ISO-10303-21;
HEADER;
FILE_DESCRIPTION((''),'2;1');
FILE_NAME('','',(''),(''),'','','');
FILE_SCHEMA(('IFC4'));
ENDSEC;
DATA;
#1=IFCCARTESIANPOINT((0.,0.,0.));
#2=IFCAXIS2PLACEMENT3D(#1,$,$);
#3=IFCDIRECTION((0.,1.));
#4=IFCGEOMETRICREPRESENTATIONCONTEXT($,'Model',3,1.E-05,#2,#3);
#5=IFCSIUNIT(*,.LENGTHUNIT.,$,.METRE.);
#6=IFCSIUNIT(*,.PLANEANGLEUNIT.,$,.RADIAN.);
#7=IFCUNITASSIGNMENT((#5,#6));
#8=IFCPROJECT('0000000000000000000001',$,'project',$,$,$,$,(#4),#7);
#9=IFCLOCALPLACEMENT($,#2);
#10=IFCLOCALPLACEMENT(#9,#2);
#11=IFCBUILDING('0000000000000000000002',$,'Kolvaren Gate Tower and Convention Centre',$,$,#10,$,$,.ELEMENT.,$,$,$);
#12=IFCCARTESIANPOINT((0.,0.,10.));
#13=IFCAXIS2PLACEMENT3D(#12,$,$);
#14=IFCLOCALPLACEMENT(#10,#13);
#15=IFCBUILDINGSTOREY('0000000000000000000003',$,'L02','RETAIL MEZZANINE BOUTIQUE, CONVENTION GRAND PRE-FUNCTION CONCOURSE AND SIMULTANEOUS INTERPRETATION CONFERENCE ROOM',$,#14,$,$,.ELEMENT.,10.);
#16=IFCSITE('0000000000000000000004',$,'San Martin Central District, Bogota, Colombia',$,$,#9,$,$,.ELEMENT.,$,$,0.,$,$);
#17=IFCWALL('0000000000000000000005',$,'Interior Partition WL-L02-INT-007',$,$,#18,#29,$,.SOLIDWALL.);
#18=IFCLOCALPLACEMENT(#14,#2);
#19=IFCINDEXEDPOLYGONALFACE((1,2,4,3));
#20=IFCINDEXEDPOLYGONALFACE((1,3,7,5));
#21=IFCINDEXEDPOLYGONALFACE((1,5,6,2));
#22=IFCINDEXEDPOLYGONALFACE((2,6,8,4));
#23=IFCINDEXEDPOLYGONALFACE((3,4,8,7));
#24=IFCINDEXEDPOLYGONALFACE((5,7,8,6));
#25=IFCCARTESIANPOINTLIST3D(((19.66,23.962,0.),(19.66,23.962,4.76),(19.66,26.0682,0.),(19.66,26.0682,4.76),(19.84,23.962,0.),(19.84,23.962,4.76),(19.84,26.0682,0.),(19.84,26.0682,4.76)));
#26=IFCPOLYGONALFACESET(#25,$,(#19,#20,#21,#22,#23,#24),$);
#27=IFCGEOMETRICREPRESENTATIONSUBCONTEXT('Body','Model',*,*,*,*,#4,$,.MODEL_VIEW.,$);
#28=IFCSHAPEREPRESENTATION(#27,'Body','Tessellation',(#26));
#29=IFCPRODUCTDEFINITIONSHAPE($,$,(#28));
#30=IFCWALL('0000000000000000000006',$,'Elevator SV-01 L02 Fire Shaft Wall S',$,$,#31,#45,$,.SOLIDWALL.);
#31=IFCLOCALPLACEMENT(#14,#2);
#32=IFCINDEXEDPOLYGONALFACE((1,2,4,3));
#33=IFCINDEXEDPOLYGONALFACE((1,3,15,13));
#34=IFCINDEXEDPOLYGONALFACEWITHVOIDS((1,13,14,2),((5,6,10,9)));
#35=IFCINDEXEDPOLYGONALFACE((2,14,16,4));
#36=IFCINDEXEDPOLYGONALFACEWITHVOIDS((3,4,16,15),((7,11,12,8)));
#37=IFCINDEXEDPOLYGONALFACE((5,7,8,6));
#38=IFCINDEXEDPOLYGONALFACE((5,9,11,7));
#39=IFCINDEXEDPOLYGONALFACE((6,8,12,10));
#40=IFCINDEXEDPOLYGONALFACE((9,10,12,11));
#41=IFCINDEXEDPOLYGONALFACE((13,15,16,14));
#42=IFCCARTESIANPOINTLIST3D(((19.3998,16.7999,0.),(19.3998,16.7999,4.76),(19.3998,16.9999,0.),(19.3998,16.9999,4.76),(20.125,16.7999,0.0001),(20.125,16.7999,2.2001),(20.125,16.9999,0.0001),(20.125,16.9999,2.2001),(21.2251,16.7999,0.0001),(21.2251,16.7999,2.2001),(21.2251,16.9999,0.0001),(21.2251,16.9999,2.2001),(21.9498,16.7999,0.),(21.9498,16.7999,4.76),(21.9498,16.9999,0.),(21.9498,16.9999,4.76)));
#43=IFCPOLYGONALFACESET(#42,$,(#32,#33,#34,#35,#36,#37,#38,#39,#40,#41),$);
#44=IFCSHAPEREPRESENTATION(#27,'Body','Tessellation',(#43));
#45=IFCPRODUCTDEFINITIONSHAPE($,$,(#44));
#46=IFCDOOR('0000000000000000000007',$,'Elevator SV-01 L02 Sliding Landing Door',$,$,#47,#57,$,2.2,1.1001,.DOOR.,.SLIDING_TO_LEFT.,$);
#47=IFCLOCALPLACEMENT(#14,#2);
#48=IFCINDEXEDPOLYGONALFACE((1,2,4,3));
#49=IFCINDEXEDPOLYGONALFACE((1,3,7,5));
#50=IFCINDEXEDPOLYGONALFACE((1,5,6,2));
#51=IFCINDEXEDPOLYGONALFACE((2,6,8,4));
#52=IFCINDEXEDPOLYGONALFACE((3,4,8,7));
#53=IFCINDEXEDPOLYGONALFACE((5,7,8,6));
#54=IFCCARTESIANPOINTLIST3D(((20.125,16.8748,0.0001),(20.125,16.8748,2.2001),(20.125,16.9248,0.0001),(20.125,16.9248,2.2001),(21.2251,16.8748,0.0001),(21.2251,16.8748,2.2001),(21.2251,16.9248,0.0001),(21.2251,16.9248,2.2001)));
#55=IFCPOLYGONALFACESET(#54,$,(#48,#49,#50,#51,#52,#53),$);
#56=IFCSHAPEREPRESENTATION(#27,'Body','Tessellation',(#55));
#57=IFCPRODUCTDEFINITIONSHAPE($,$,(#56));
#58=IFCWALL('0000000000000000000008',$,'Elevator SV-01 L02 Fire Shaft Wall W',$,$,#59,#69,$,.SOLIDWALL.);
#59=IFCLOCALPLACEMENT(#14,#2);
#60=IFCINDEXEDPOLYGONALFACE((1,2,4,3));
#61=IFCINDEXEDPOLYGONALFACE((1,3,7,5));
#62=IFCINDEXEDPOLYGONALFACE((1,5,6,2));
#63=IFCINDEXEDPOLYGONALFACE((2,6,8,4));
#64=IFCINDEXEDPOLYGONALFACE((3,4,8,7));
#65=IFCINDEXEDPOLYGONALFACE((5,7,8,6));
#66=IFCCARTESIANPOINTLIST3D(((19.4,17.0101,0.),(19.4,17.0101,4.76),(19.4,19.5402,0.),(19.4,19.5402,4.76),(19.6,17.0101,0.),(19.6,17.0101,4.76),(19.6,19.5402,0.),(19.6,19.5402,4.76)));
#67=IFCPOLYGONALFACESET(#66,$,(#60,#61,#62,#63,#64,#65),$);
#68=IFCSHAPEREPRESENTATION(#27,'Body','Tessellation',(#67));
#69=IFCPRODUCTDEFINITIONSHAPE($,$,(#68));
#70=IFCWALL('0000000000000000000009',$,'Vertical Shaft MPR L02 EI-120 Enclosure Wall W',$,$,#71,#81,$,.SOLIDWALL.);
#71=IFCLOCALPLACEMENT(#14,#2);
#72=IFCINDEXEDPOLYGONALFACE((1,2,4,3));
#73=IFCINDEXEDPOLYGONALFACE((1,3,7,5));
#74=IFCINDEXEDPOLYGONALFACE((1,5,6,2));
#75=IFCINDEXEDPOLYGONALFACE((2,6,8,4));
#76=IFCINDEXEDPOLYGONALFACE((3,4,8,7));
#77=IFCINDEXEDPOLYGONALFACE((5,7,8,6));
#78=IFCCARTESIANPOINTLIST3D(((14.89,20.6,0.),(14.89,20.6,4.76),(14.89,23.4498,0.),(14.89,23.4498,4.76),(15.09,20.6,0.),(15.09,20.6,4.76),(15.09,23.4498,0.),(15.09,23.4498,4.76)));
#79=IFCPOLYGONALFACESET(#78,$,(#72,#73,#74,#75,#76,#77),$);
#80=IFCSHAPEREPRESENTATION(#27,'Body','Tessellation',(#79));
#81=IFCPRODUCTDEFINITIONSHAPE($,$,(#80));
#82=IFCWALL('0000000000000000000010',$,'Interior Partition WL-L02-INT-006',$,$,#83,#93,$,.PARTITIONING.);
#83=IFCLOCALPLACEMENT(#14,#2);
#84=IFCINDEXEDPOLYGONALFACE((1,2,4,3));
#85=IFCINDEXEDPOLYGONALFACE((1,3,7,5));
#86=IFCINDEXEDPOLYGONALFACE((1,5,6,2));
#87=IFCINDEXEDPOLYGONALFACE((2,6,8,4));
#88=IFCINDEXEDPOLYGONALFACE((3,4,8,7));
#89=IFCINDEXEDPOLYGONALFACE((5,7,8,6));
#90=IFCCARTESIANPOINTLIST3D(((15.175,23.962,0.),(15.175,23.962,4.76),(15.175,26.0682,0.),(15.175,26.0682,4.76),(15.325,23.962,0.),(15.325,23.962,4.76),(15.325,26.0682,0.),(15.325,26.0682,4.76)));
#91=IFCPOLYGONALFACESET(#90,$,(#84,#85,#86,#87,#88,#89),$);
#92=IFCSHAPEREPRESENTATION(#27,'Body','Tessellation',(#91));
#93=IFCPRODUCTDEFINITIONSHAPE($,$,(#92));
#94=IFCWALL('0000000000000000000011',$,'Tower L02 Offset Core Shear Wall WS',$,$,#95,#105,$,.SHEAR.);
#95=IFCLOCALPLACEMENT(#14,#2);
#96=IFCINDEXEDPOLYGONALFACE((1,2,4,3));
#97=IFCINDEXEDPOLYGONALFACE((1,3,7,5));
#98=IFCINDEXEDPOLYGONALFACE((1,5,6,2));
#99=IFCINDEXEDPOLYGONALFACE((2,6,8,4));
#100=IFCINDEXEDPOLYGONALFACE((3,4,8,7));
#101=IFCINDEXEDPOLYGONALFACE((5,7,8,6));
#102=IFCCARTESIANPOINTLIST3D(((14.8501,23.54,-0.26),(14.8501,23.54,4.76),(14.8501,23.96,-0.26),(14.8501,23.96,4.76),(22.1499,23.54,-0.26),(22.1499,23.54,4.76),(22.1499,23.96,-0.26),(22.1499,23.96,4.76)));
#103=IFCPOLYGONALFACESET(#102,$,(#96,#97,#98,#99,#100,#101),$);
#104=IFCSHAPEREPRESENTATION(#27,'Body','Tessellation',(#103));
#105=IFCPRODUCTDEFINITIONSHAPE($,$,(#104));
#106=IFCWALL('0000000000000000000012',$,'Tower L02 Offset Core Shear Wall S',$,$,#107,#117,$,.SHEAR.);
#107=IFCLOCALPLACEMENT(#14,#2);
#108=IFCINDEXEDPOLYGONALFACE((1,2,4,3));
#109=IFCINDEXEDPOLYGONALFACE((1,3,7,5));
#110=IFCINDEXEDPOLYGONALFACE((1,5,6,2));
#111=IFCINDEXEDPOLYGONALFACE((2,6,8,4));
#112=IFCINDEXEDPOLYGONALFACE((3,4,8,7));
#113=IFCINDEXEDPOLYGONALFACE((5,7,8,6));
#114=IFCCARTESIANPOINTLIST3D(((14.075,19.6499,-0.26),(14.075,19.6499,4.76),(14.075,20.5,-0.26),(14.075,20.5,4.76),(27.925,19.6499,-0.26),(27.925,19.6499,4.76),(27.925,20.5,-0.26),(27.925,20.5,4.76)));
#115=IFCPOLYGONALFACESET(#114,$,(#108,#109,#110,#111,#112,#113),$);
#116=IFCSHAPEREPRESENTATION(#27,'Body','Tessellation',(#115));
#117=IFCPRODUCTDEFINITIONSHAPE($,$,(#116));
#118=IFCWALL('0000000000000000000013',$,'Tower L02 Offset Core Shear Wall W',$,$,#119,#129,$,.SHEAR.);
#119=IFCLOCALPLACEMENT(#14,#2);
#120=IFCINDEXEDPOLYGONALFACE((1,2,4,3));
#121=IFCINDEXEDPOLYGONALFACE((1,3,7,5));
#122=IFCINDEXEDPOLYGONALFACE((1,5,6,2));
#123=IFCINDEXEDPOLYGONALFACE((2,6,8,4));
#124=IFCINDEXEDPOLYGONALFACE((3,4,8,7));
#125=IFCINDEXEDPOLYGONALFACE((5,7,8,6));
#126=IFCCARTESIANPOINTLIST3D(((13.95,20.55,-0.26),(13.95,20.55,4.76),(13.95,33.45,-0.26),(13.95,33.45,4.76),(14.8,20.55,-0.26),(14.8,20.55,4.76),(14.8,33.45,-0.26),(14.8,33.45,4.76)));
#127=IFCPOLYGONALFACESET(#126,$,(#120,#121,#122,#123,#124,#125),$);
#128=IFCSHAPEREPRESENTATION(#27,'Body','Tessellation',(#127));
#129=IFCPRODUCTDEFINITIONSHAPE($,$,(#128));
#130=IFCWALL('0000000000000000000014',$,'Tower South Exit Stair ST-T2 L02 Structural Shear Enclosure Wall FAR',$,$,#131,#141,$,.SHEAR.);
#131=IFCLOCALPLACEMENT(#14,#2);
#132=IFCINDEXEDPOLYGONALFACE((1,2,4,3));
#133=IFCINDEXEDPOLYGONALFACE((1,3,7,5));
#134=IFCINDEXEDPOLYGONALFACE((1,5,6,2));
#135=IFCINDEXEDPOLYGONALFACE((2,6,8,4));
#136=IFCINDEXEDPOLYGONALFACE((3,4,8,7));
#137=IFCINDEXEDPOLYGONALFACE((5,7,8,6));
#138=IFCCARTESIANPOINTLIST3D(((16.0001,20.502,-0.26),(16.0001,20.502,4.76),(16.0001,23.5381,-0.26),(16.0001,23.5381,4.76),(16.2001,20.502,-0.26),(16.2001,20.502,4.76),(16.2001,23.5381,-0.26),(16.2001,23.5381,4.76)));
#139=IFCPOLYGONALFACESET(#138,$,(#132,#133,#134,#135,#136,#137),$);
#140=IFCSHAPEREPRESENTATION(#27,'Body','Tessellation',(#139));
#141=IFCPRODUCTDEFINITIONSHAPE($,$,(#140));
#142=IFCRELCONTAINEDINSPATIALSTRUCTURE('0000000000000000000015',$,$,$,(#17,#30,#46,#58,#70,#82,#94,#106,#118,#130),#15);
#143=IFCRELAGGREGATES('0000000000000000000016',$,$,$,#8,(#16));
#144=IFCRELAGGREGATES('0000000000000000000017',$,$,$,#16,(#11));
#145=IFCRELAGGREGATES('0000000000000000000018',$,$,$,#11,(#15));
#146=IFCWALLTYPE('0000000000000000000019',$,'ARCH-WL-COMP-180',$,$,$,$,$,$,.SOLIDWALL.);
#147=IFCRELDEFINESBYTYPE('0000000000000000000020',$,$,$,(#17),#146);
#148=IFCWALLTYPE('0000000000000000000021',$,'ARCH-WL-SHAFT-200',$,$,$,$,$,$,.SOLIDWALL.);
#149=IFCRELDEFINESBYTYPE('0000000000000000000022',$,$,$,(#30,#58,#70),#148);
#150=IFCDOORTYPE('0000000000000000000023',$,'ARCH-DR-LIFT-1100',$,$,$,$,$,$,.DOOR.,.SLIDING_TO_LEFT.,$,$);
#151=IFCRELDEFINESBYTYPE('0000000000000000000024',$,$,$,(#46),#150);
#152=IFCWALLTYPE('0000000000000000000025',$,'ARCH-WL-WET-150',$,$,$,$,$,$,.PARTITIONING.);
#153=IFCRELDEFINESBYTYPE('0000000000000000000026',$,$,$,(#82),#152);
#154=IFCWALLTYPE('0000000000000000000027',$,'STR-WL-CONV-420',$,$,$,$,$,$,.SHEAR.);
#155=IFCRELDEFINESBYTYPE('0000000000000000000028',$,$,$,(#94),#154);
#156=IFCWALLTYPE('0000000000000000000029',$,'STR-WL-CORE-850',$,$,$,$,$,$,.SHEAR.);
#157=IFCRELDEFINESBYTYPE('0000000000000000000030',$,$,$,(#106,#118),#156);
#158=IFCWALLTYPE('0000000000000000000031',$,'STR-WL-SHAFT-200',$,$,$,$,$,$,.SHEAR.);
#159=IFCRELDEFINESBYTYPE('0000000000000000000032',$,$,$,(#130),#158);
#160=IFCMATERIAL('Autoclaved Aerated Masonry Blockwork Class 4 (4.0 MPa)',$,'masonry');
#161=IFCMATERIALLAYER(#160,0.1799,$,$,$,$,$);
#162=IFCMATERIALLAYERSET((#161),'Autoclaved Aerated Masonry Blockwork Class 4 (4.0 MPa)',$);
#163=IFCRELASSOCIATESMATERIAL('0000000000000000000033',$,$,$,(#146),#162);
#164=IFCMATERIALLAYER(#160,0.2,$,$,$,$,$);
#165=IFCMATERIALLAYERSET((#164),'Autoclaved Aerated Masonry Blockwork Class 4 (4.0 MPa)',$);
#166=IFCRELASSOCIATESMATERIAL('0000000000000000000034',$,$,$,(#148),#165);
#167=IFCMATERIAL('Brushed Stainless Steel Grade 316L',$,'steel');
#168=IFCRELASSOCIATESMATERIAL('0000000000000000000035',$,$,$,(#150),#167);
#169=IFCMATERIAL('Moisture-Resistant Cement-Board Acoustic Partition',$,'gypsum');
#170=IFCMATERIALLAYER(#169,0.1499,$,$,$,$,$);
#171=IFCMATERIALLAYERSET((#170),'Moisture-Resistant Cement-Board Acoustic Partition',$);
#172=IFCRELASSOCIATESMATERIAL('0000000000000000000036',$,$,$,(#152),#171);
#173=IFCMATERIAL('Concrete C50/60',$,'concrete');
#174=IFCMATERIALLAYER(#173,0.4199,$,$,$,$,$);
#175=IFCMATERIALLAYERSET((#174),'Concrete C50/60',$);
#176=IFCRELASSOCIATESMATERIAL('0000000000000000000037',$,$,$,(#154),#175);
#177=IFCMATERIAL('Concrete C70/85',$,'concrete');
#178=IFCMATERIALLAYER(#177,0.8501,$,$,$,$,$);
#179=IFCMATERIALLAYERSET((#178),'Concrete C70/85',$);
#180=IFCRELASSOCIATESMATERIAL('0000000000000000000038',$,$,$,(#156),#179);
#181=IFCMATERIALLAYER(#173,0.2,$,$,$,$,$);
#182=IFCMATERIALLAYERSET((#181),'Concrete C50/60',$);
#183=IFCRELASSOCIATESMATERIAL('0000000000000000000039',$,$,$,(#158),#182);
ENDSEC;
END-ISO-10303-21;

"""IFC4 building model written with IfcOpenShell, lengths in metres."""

from ifc_helpers import new_model, si_unit, direction, frame, frame_2d, origin, place, context, subcontext, project, spatial, rectangle, extrude, material, layer, layer_set, type_object, element, fill, save


model = new_model("IFC4")

# Units and contexts
model_context = context("Model", 3, precision=1e-05, world=origin(), true_north=direction((0.0, 1.0)))
body_context = subcontext(model_context, "Body", "Model", "MODEL_VIEW")
ifc_project = project(units=[si_unit("LENGTHUNIT", "METRE"), si_unit("PLANEANGLEUNIT", "RADIAN")], contexts=[model_context])

# Site, building, storey
site_placement = place(None, origin())
site = spatial("IfcSite", under=ifc_project, at=site_placement, Name="San Martin Central District, Bogota, Colombia", CompositionType="ELEMENT", RefElevation=0.0)
building_placement = place(site_placement, origin())
building = spatial("IfcBuilding", under=site, at=building_placement, Name="Kolvaren Gate Tower and Convention Centre", CompositionType="ELEMENT")
storey_placement = place(building_placement, frame((0.0, 0.0, 10.0)))
storey = spatial("IfcBuildingStorey", under=building, at=storey_placement, Name="L02", Description="RETAIL MEZZANINE BOUTIQUE, CONVENTION GRAND PRE-FUNCTION CONCOURSE AND SIMULTANEOUS INTERPRETATION CONFERENCE ROOM", CompositionType="ELEMENT", Elevation=10.0)

# Wall
ifc_material_1 = material(Name="Autoclaved Aerated Masonry Blockwork Class 4 (4.0 MPa)", Category="masonry")
ifc_layer_1 = layer(ifc_material_1, 0.1799)
ifc_layer_set_1 = layer_set([ifc_layer_1], Name="Autoclaved Aerated Masonry Blockwork Class 4 (4.0 MPa)")
wall_type_1 = type_object("IfcWallType", Name="ARCH-WL-COMP-180", PredefinedType="SOLIDWALL", material=ifc_layer_set_1)
wall_1_placement = place(storey_placement, frame((19.75, 23.9619, 0.0), z_axis=(0.0, 0.0, 1.0), x_axis=(0.0, 1.0, 0.0)))
element("IfcWall", 1, at=wall_1_placement, inside=storey, type_object=wall_type_1, Name="Interior Partition WL-L02-INT-007", PredefinedType="SOLIDWALL", context=body_context, shape_type="SweptSolid", body=[
    extrude(rectangle(XDim=2.1062, YDim=0.1799, at=frame_2d((1.0532, 0.0))), origin(), (0.0, 0.0, 1.0), 4.76),
])

# Wall, opening, door
ifc_layer_2 = layer(ifc_material_1, 0.2)
ifc_layer_set_2 = layer_set([ifc_layer_2], Name="Autoclaved Aerated Masonry Blockwork Class 4 (4.0 MPa)")
wall_type_2 = type_object("IfcWallType", Name="ARCH-WL-SHAFT-200", PredefinedType="SOLIDWALL", material=ifc_layer_set_2)
wall_2_placement = place(storey_placement, frame((19.3999, 16.8999, 0.0), z_axis=(0.0, 0.0, 1.0), x_axis=(1.0, 0.0, 0.0)))
wall_2 = element("IfcWall", 2, at=wall_2_placement, inside=storey, type_object=wall_type_2, Name="Elevator SV-01 L02 Fire Shaft Wall S", PredefinedType="SOLIDWALL", context=body_context, shape_type="SweptSolid", body=[
    extrude(rectangle(XDim=2.55, YDim=0.2, at=frame_2d((1.2749, 0.0))), origin(), (0.0, 0.0, 1.0), 4.76),
])
opening_placement = place(wall_2_placement, frame((0.7251, 0.0, 0.0)))
opening = element("IfcOpeningElement", 3, at=opening_placement, cuts=wall_2, PredefinedType="OPENING", context=body_context, shape_type="SweptSolid", body=[
    extrude(rectangle(XDim=1.1001, YDim=2.2, at=frame_2d((0.55, 1.1001))), frame((0.0, 0.1099, 0.0), z_axis=(0.0, -1.0, 0.0), x_axis=(1.0, 0.0, 0.0)), (0.0, 0.0, 1.0), 0.22),
])
ifc_material_2 = material(Name="Brushed Stainless Steel Grade 316L", Category="steel")
door_type = type_object("IfcDoorType", Name="ARCH-DR-LIFT-1100", OperationType="SLIDING_TO_LEFT", PredefinedType="DOOR", material=ifc_material_2)
door_placement = place(opening_placement, origin())
door = element("IfcDoor", 4, at=door_placement, inside=storey, type_object=door_type, Name="Elevator SV-01 L02 Sliding Landing Door", OperationType="SLIDING_TO_LEFT", OverallHeight=2.2, OverallWidth=1.1001, PredefinedType="DOOR", context=body_context, shape_type="SweptSolid", body=[
    extrude(rectangle(XDim=1.1001, YDim=2.2, at=frame_2d((0.55, 1.1001))), frame((0.0, 0.0249, 0.0), z_axis=(0.0, -1.0, 0.0), x_axis=(1.0, 0.0, 0.0)), (0.0, 0.0, 1.0), 0.05),
])
fill(opening, door)

# Walls
wall_3_placement = place(storey_placement, frame((19.5, 17.01, 0.0), z_axis=(0.0, 0.0, 1.0), x_axis=(0.0, 1.0, 0.0)))
element("IfcWall", 5, at=wall_3_placement, inside=storey, type_object=wall_type_2, Name="Elevator SV-01 L02 Fire Shaft Wall W", PredefinedType="SOLIDWALL", context=body_context, shape_type="SweptSolid", body=[
    extrude(rectangle(XDim=2.53, YDim=0.2, at=frame_2d((1.2651, 0.0))), origin(), (0.0, 0.0, 1.0), 4.76),
])
wall_4_placement = place(storey_placement, frame((14.99, 20.6001, 0.0), z_axis=(0.0, 0.0, 1.0), x_axis=(0.0, 1.0, 0.0)))
element("IfcWall", 6, at=wall_4_placement, inside=storey, type_object=wall_type_2, Name="Vertical Shaft MPR L02 EI-120 Enclosure Wall W", PredefinedType="SOLIDWALL", context=body_context, shape_type="SweptSolid", body=[
    extrude(rectangle(XDim=2.8499, YDim=0.2, at=frame_2d((1.4248, 0.0))), origin(), (0.0, 0.0, 1.0), 4.76),
])
ifc_material_3 = material(Name="Moisture-Resistant Cement-Board Acoustic Partition", Category="gypsum")
ifc_layer_3 = layer(ifc_material_3, 0.1499)
ifc_layer_set_3 = layer_set([ifc_layer_3], Name="Moisture-Resistant Cement-Board Acoustic Partition")
wall_type_3 = type_object("IfcWallType", Name="ARCH-WL-WET-150", PredefinedType="PARTITIONING", material=ifc_layer_set_3)
wall_5_placement = place(storey_placement, frame((15.25, 23.9619, 0.0), z_axis=(0.0, 0.0, 1.0), x_axis=(0.0, 1.0, 0.0)))
element("IfcWall", 7, at=wall_5_placement, inside=storey, type_object=wall_type_3, Name="Interior Partition WL-L02-INT-006", PredefinedType="PARTITIONING", context=body_context, shape_type="SweptSolid", body=[
    extrude(rectangle(XDim=2.1062, YDim=0.1499, at=frame_2d((1.0532, 0.0))), origin(), (0.0, 0.0, 1.0), 4.76),
])
ifc_material_4 = material(Name="Concrete C50/60", Category="concrete")
ifc_layer_4 = layer(ifc_material_4, 0.4199)
ifc_layer_set_4 = layer_set([ifc_layer_4], Name="Concrete C50/60")
wall_type_4 = type_object("IfcWallType", Name="STR-WL-CONV-420", PredefinedType="SHEAR", material=ifc_layer_set_4)
wall_6_placement = place(storey_placement, frame((14.8501, 23.75, -0.26), z_axis=(0.0, 0.0, 1.0), x_axis=(1.0, 0.0, 0.0)))
element("IfcWall", 8, at=wall_6_placement, inside=storey, type_object=wall_type_4, Name="Tower L02 Offset Core Shear Wall WS", PredefinedType="SHEAR", context=body_context, shape_type="SweptSolid", body=[
    extrude(rectangle(XDim=7.2998, YDim=0.4199, at=frame_2d((3.6499, 0.0))), origin(), (0.0, 0.0, 1.0), 5.02),
])
ifc_material_5 = material(Name="Concrete C70/85", Category="concrete")
ifc_layer_5 = layer(ifc_material_5, 0.8501)
ifc_layer_set_5 = layer_set([ifc_layer_5], Name="Concrete C70/85")
wall_type_5 = type_object("IfcWallType", Name="STR-WL-CORE-850", PredefinedType="SHEAR", material=ifc_layer_set_5)
wall_7_placement = place(storey_placement, frame((14.075, 20.075, -0.26), z_axis=(0.0, 0.0, 1.0), x_axis=(1.0, 0.0, 0.0)))
element("IfcWall", 9, at=wall_7_placement, inside=storey, type_object=wall_type_5, Name="Tower L02 Offset Core Shear Wall S", PredefinedType="SHEAR", context=body_context, shape_type="SweptSolid", body=[
    extrude(rectangle(XDim=13.8501, YDim=0.8501, at=frame_2d((6.925, 0.0))), origin(), (0.0, 0.0, 1.0), 5.02),
])
wall_8_placement = place(storey_placement, frame((14.375, 20.55, -0.26), z_axis=(0.0, 0.0, 1.0), x_axis=(0.0, 1.0, 0.0)))
element("IfcWall", 10, at=wall_8_placement, inside=storey, type_object=wall_type_5, Name="Tower L02 Offset Core Shear Wall W", PredefinedType="SHEAR", context=body_context, shape_type="SweptSolid", body=[
    extrude(rectangle(XDim=12.8999, YDim=0.8501, at=frame_2d((6.45, 0.0))), origin(), (0.0, 0.0, 1.0), 5.02),
])
ifc_layer_6 = layer(ifc_material_4, 0.2)
ifc_layer_set_6 = layer_set([ifc_layer_6], Name="Concrete C50/60")
wall_type_6 = type_object("IfcWallType", Name="STR-WL-SHAFT-200", PredefinedType="SHEAR", material=ifc_layer_set_6)
wall_9_placement = place(storey_placement, frame((16.1001, 20.502, -0.26), z_axis=(0.0, 0.0, 1.0), x_axis=(0.0, 1.0, 0.0)))
element("IfcWall", 11, at=wall_9_placement, inside=storey, type_object=wall_type_6, Name="Tower South Exit Stair ST-T2 L02 Structural Shear Enclosure Wall FAR", PredefinedType="SHEAR", context=body_context, shape_type="SweptSolid", body=[
    extrude(rectangle(XDim=3.0361, YDim=0.2, at=frame_2d((1.5181, 0.0))), origin(), (0.0, 0.0, 1.0), 5.02),
])

save(model, "model.ifc")
